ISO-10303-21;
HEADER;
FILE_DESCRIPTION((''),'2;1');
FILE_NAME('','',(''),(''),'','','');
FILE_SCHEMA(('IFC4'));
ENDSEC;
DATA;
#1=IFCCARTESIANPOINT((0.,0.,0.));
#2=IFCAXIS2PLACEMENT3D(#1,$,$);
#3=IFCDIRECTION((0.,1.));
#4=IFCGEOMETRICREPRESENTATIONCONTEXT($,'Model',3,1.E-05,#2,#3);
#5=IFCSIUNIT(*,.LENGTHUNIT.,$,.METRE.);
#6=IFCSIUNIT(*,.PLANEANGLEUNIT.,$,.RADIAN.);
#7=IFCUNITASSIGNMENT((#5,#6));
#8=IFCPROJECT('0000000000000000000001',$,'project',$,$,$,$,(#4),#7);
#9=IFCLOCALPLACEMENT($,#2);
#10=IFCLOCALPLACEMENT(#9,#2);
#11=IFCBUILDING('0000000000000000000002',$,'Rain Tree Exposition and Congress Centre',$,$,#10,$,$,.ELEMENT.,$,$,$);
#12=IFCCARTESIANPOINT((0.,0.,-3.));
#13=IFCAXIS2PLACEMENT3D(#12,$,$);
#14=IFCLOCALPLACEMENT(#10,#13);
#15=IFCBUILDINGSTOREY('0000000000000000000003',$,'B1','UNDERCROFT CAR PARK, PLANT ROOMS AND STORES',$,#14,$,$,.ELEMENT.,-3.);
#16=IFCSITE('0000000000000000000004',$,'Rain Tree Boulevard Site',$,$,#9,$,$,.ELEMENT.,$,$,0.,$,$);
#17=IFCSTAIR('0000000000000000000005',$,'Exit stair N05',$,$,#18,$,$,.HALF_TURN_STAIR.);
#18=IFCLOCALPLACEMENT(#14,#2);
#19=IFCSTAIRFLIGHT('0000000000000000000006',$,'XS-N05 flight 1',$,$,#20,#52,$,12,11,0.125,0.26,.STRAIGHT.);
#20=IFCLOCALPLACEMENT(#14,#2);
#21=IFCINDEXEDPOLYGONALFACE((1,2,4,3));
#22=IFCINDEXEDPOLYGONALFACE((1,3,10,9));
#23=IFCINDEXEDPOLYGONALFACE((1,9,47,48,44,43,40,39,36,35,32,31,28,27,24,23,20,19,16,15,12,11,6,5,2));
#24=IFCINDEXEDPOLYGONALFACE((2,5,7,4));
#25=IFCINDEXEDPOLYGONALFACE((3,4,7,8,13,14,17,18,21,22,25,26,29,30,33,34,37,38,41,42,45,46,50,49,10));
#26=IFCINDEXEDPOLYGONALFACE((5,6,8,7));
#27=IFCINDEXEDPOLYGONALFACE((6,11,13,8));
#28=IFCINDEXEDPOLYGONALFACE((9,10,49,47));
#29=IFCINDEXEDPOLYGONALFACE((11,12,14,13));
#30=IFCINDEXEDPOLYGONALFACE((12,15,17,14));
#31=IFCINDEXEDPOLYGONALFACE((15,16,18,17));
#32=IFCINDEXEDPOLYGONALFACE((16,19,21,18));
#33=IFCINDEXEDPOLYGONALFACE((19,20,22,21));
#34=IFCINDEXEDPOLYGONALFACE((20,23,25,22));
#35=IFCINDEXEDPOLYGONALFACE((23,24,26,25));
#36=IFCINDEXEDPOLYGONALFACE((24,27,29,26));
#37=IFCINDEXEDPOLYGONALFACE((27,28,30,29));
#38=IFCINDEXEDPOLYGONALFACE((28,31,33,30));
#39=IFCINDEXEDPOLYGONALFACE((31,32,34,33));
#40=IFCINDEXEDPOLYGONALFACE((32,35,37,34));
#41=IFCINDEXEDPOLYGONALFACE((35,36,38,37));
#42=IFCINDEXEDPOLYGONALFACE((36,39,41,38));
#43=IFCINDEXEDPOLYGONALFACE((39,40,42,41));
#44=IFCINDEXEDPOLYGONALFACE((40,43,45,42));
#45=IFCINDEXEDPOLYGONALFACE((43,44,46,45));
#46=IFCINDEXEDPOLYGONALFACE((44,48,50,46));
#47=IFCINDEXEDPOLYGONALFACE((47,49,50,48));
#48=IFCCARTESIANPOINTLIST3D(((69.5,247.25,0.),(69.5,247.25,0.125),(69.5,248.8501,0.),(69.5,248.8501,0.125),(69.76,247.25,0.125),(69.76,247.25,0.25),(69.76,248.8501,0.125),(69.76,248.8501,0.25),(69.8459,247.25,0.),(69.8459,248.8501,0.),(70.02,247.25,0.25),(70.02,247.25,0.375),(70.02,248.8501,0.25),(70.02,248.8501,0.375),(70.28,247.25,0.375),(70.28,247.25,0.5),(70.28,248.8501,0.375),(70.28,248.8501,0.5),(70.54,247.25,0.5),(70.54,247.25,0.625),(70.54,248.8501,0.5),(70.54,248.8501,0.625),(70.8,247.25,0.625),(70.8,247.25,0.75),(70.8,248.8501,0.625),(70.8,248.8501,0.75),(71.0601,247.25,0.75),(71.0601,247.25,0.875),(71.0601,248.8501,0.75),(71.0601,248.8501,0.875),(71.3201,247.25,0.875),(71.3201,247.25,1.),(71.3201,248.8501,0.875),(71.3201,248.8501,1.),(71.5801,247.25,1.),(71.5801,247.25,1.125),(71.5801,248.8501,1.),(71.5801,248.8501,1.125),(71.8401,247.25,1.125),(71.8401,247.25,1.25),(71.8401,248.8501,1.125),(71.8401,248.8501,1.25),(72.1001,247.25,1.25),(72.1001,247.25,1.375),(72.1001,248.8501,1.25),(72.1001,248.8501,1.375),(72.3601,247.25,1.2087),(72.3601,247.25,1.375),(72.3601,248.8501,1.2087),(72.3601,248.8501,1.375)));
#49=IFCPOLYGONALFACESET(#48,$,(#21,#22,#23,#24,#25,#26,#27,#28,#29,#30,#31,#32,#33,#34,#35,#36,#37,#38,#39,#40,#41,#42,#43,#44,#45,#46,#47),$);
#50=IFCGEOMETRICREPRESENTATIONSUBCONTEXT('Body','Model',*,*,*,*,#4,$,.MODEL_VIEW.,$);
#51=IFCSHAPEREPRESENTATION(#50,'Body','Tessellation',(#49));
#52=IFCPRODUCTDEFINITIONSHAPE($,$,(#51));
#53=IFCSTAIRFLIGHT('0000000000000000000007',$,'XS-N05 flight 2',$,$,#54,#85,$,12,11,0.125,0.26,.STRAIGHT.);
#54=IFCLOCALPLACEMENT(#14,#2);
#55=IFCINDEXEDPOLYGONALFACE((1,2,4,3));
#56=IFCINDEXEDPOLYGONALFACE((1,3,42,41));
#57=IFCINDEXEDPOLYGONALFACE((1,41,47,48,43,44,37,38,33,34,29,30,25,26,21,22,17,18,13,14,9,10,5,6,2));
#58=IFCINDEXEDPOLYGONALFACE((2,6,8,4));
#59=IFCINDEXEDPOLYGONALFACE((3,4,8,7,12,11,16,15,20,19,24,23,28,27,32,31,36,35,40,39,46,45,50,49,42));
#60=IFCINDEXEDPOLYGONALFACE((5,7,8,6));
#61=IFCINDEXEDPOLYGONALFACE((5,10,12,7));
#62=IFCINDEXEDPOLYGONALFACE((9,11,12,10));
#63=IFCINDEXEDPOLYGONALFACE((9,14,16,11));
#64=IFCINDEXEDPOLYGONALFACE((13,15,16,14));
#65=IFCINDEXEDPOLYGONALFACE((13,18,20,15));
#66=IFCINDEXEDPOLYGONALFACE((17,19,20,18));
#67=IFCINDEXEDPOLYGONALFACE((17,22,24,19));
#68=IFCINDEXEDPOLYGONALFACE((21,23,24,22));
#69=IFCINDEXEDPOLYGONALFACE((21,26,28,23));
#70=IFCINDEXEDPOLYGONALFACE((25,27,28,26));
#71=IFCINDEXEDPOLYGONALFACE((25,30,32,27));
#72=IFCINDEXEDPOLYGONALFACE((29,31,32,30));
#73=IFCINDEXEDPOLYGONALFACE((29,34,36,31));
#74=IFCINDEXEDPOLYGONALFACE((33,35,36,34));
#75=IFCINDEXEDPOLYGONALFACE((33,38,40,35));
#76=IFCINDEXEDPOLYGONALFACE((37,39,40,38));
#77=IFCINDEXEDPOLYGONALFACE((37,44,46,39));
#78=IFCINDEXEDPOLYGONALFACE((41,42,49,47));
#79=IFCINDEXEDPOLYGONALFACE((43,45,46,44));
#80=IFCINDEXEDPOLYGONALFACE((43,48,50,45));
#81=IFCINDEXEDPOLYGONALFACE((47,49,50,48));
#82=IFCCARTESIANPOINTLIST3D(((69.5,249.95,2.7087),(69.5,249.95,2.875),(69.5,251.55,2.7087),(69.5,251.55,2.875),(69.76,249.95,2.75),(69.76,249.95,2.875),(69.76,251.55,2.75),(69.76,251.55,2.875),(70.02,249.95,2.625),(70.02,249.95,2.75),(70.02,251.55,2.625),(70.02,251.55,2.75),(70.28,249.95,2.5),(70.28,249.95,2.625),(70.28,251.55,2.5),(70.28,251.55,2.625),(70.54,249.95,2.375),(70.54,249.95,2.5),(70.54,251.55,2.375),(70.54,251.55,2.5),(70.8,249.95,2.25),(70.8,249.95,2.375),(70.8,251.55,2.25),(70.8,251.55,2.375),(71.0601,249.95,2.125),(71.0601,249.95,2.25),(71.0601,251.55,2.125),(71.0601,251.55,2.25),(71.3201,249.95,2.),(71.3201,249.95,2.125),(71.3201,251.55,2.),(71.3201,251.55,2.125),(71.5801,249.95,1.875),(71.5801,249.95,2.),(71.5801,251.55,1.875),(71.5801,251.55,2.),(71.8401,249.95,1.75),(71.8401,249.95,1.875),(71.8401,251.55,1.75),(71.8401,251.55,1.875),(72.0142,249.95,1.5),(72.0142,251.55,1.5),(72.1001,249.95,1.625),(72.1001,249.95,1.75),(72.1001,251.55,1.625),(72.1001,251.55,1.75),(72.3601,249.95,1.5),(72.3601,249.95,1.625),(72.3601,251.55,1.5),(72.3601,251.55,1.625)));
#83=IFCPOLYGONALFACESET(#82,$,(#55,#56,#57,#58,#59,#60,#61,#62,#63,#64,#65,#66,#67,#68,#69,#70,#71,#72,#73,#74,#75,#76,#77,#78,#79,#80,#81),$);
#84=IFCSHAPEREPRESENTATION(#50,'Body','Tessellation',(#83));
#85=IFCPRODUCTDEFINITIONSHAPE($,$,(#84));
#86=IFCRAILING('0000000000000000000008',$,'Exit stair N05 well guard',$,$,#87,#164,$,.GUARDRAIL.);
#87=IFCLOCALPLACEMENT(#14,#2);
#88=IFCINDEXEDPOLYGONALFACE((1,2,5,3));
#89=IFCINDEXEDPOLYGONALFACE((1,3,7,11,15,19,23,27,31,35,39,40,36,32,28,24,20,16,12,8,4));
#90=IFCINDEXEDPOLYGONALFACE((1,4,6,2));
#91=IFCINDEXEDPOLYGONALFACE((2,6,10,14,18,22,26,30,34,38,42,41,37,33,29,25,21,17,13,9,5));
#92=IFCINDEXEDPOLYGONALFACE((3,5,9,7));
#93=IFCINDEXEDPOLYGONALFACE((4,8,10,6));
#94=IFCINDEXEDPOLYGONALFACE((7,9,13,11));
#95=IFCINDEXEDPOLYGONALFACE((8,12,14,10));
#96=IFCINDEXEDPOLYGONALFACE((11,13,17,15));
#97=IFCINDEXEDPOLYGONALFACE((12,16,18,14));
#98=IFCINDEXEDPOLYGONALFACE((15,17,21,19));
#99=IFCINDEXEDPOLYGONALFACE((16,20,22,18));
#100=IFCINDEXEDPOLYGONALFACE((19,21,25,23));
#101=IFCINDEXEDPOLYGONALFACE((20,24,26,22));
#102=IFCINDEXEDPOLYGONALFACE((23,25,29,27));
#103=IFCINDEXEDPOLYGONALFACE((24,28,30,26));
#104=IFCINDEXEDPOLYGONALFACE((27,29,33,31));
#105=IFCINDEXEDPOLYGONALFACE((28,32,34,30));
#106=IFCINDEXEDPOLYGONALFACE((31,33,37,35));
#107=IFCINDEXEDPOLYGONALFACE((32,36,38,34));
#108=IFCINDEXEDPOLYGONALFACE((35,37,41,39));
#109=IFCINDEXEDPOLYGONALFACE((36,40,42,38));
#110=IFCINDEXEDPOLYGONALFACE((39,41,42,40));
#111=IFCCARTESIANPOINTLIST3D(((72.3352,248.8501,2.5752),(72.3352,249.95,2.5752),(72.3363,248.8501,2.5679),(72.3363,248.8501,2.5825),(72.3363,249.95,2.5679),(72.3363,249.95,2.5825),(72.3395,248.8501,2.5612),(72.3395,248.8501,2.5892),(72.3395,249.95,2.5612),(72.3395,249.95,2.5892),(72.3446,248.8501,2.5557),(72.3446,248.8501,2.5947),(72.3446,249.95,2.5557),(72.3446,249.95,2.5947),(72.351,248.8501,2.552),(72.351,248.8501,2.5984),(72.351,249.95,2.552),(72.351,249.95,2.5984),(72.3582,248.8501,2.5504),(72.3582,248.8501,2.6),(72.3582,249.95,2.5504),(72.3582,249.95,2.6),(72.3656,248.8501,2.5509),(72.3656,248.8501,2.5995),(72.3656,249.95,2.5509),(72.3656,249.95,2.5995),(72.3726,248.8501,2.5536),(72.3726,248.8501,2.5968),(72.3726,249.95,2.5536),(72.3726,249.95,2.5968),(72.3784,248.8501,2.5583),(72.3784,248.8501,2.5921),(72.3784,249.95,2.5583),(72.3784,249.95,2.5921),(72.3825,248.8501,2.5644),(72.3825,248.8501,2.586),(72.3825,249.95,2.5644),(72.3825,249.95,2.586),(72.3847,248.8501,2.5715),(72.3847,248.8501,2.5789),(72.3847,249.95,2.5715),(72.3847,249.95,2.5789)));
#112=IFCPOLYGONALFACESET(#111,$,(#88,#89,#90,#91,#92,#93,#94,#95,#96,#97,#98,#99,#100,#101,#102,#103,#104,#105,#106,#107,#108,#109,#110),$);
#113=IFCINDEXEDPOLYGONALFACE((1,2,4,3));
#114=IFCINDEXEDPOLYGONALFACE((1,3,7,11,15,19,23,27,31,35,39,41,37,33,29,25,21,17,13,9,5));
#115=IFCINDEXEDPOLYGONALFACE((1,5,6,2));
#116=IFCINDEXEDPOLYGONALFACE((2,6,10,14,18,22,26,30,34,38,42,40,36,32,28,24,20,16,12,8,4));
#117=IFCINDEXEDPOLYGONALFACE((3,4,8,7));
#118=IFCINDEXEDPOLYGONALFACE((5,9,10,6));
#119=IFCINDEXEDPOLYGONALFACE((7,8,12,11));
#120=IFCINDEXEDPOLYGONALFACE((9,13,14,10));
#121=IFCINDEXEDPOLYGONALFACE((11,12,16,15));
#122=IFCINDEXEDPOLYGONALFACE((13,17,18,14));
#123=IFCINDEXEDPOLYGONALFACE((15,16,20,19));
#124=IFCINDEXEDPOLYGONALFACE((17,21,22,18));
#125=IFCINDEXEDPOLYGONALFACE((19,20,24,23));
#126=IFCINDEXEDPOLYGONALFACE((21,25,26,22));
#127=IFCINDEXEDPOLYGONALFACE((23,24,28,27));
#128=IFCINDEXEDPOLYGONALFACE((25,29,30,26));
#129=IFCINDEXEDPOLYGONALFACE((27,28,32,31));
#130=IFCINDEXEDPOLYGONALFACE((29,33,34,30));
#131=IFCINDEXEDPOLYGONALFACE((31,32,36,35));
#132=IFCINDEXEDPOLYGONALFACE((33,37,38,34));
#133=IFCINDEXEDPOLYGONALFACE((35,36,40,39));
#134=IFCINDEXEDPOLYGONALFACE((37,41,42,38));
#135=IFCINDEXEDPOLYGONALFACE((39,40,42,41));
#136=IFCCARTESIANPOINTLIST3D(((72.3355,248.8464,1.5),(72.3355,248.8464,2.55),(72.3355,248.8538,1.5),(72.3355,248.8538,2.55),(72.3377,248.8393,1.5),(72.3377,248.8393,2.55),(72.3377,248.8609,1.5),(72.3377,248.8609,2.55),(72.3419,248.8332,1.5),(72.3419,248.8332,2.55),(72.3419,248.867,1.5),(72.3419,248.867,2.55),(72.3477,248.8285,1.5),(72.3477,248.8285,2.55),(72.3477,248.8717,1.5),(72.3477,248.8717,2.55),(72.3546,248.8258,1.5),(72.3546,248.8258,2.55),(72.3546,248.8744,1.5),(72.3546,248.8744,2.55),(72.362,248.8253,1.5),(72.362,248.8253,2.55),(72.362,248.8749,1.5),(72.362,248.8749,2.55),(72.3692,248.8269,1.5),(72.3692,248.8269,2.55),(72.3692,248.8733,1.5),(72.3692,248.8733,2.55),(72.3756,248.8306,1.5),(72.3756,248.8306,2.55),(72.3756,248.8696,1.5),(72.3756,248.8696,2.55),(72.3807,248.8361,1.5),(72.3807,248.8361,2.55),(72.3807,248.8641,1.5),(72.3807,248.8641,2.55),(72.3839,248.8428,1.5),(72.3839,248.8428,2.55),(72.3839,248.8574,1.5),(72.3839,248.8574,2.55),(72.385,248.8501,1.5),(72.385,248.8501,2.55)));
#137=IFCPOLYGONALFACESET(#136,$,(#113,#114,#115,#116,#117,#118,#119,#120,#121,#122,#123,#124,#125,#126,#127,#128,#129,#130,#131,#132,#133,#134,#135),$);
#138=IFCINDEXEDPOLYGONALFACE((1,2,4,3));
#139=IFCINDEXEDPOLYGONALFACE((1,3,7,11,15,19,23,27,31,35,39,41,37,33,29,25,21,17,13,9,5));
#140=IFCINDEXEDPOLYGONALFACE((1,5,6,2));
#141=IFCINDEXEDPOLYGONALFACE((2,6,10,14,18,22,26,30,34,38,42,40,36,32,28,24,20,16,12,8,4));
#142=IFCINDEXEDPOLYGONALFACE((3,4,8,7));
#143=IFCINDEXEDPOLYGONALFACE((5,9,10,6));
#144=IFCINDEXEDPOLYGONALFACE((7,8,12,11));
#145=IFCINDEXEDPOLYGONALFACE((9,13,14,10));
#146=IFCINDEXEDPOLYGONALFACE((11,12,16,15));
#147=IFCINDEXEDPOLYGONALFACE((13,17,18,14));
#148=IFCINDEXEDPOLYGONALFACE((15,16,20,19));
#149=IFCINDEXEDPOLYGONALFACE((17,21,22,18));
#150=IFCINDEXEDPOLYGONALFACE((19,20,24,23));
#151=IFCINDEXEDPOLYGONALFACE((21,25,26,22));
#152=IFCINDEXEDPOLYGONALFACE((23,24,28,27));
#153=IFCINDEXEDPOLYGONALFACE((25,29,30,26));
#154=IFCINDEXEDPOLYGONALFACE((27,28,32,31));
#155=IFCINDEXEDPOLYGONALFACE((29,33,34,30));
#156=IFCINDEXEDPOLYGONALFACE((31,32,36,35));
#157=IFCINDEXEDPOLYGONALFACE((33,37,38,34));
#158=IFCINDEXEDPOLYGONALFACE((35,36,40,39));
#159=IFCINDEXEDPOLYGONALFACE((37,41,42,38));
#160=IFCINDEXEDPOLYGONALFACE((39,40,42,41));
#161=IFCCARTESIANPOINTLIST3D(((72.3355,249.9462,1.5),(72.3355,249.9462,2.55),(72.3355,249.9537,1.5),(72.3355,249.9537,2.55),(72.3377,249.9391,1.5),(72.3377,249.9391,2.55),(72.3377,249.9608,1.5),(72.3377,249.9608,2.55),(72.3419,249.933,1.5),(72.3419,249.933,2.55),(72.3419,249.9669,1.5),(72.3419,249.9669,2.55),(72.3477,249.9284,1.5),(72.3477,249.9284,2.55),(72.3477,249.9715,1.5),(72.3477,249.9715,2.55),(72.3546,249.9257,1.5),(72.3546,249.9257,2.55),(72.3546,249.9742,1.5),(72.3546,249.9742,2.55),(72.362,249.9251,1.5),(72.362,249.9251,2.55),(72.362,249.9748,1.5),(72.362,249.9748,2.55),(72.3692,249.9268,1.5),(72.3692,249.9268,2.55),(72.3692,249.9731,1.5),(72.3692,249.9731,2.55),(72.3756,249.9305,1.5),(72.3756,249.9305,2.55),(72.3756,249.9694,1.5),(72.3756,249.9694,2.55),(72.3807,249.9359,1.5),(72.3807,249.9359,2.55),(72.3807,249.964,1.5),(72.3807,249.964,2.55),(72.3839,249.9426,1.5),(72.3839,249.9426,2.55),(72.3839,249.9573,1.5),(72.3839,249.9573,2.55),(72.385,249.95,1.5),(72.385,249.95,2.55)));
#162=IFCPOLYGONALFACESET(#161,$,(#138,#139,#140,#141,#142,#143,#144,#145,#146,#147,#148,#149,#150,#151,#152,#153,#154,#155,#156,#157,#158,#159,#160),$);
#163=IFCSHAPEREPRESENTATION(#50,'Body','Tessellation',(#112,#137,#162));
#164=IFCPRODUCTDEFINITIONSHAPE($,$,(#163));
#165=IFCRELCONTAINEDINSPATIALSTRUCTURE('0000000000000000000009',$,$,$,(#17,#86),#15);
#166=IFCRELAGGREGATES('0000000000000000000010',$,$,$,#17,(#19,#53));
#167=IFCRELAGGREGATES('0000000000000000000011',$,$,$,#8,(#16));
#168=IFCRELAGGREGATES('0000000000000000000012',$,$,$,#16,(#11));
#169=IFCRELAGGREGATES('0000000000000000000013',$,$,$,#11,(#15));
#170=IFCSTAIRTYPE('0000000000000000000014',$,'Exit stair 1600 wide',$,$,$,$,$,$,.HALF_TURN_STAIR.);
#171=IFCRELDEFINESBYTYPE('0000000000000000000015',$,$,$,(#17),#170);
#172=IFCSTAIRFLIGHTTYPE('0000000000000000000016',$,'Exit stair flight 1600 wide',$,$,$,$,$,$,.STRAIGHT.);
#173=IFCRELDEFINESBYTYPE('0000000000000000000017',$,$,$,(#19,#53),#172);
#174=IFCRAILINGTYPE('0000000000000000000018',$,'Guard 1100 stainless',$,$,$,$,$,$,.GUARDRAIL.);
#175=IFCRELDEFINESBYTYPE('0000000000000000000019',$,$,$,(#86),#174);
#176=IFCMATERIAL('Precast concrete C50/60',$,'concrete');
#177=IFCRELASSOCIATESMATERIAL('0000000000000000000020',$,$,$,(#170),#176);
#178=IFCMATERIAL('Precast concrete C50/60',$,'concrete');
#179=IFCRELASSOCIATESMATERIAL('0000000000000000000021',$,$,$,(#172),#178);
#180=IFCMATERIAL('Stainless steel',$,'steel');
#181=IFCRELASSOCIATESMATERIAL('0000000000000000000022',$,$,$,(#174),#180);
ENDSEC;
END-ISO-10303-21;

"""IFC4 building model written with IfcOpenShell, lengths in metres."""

from ifc_helpers import new_model, si_unit, direction, frame, origin, origin_2d, place, context, subcontext, project, spatial, polyline, circle, outline, extrude, material, type_object, element, aggregate, save


model = new_model("IFC4")

# Units and contexts
model_context = context("Model", 3, precision=1e-05, world=origin(), true_north=direction((0.0, 1.0)))
body_context = subcontext(model_context, "Body", "Model", "MODEL_VIEW")
ifc_project = project(units=[si_unit("LENGTHUNIT", "METRE"), si_unit("PLANEANGLEUNIT", "RADIAN")], contexts=[model_context])

# Site, building, storey
site_placement = place(None, origin())
site = spatial("IfcSite", under=ifc_project, at=site_placement, Name="Rain Tree Boulevard Site", CompositionType="ELEMENT", RefElevation=0.0)
building_placement = place(site_placement, origin())
building = spatial("IfcBuilding", under=site, at=building_placement, Name="Rain Tree Exposition and Congress Centre", CompositionType="ELEMENT")
storey_placement = place(building_placement, frame((0.0, 0.0, -3.0)))
storey = spatial("IfcBuildingStorey", under=building, at=storey_placement, Name="B1", Description="UNDERCROFT CAR PARK, PLANT ROOMS AND STORES", CompositionType="ELEMENT", Elevation=-3.0)

# Stair, stair flights
ifc_material_1 = material(Name="Precast concrete C50/60", Category="concrete")
stair_type = type_object("IfcStairType", Name="Exit stair 1600 wide", PredefinedType="HALF_TURN_STAIR", material=ifc_material_1)
stair_placement = place(storey_placement, origin())
stair = element("IfcStair", 1, at=stair_placement, inside=storey, type_object=stair_type, Name="Exit stair N05", PredefinedType="HALF_TURN_STAIR")
ifc_material_2 = material(Name="Precast concrete C50/60", Category="concrete")
stair_flight_type = type_object("IfcStairFlightType", Name="Exit stair flight 1600 wide", PredefinedType="STRAIGHT", material=ifc_material_2)
stair_flight_1_placement = place(storey_placement, frame((69.5, 248.05, 0.0), z_axis=(0.0, 0.0, 1.0), x_axis=(1.0, 0.0, 0.0)))
stair_flight_1 = element("IfcStairFlight", 2, at=stair_flight_1_placement, type_object=stair_flight_type, Name="XS-N05 flight 1", NumberOfRisers=12, NumberOfTreads=11, PredefinedType="STRAIGHT", RiserHeight=0.125, TreadLength=0.26, context=body_context, shape_type="SweptSolid", body=[
    extrude(outline(polyline([(0.0, 0.0), (0.0, 0.125), (0.26, 0.125), (0.26, 0.25), (0.52, 0.25), (0.52, 0.375), (0.78, 0.375), (0.78, 0.5), (1.04, 0.5), (1.04, 0.625), (1.3, 0.625), (1.3, 0.75), (1.5601, 0.75), (1.5601, 0.875), (1.8201, 0.875), (1.8201, 1.0), (2.0801, 1.0), (2.0801, 1.125), (2.3401, 1.125), (2.3401, 1.25), (2.6001, 1.25), (2.6001, 1.375), (2.8601, 1.375), (2.8601, 1.5), (2.8601, 1.2087), (0.3459, 0.0), (0.0, 0.0)])), frame((0.0, 0.8, 0.0), z_axis=(0.0, -1.0, 0.0), x_axis=(1.0, 0.0, 0.0)), (0.0, 0.0, 1.0), 1.6001),
])
stair_flight_2_placement = place(storey_placement, frame((72.3601, 250.75, 1.5), z_axis=(0.0, 0.0, 1.0), x_axis=(-1.0, 0.0, 0.0)))
stair_flight_2 = element("IfcStairFlight", 3, at=stair_flight_2_placement, type_object=stair_flight_type, Name="XS-N05 flight 2", NumberOfRisers=12, NumberOfTreads=11, PredefinedType="STRAIGHT", RiserHeight=0.125, TreadLength=0.26, context=body_context, shape_type="SweptSolid", body=[
    extrude(outline(polyline([(0.0, 0.0), (0.0, 0.125), (0.26, 0.125), (0.26, 0.25), (0.52, 0.25), (0.52, 0.375), (0.78, 0.375), (0.78, 0.5), (1.04, 0.5), (1.04, 0.625), (1.3, 0.625), (1.3, 0.75), (1.5601, 0.75), (1.5601, 0.875), (1.8201, 0.875), (1.8201, 1.0), (2.0801, 1.0), (2.0801, 1.125), (2.3401, 1.125), (2.3401, 1.25), (2.6001, 1.25), (2.6001, 1.375), (2.8601, 1.375), (2.8601, 1.5), (2.8601, 1.2087), (0.3459, 0.0), (0.0, 0.0)])), frame((0.0, 0.8, 0.0), z_axis=(0.0, -1.0, 0.0), x_axis=(1.0, 0.0, 0.0)), (0.0, 0.0, 1.0), 1.6001),
])
aggregate(stair, [stair_flight_1, stair_flight_2])

# Railing
ifc_material_3 = material(Name="Stainless steel", Category="steel")
railing_type = type_object("IfcRailingType", Name="Guard 1100 stainless", PredefinedType="GUARDRAIL", material=ifc_material_3)
railing_placement = place(storey_placement, frame((72.3601, 248.8501, 1.5)))
element("IfcRailing", 4, at=railing_placement, inside=storey, type_object=railing_type, Name="Exit stair N05 well guard", PredefinedType="GUARDRAIL", context=body_context, shape_type="SweptSolid", body=[
    extrude(circle(Radius=0.0249, at=origin_2d()), frame((0.0, 0.0, 1.0752), z_axis=(0.0, 1.0, 0.0), x_axis=(-1.0, 0.0, 0.0)), (0.0, 0.0, 1.0), 1.0999),
    extrude(circle(Radius=0.0249, at=origin_2d()), origin(), (0.0, 0.0, 1.0), 1.05),
    extrude(circle(Radius=0.0249, at=origin_2d()), frame((0.0, 1.0999, 0.0)), (0.0, 0.0, 1.0), 1.05),
])

save(model, "model.ifc")
